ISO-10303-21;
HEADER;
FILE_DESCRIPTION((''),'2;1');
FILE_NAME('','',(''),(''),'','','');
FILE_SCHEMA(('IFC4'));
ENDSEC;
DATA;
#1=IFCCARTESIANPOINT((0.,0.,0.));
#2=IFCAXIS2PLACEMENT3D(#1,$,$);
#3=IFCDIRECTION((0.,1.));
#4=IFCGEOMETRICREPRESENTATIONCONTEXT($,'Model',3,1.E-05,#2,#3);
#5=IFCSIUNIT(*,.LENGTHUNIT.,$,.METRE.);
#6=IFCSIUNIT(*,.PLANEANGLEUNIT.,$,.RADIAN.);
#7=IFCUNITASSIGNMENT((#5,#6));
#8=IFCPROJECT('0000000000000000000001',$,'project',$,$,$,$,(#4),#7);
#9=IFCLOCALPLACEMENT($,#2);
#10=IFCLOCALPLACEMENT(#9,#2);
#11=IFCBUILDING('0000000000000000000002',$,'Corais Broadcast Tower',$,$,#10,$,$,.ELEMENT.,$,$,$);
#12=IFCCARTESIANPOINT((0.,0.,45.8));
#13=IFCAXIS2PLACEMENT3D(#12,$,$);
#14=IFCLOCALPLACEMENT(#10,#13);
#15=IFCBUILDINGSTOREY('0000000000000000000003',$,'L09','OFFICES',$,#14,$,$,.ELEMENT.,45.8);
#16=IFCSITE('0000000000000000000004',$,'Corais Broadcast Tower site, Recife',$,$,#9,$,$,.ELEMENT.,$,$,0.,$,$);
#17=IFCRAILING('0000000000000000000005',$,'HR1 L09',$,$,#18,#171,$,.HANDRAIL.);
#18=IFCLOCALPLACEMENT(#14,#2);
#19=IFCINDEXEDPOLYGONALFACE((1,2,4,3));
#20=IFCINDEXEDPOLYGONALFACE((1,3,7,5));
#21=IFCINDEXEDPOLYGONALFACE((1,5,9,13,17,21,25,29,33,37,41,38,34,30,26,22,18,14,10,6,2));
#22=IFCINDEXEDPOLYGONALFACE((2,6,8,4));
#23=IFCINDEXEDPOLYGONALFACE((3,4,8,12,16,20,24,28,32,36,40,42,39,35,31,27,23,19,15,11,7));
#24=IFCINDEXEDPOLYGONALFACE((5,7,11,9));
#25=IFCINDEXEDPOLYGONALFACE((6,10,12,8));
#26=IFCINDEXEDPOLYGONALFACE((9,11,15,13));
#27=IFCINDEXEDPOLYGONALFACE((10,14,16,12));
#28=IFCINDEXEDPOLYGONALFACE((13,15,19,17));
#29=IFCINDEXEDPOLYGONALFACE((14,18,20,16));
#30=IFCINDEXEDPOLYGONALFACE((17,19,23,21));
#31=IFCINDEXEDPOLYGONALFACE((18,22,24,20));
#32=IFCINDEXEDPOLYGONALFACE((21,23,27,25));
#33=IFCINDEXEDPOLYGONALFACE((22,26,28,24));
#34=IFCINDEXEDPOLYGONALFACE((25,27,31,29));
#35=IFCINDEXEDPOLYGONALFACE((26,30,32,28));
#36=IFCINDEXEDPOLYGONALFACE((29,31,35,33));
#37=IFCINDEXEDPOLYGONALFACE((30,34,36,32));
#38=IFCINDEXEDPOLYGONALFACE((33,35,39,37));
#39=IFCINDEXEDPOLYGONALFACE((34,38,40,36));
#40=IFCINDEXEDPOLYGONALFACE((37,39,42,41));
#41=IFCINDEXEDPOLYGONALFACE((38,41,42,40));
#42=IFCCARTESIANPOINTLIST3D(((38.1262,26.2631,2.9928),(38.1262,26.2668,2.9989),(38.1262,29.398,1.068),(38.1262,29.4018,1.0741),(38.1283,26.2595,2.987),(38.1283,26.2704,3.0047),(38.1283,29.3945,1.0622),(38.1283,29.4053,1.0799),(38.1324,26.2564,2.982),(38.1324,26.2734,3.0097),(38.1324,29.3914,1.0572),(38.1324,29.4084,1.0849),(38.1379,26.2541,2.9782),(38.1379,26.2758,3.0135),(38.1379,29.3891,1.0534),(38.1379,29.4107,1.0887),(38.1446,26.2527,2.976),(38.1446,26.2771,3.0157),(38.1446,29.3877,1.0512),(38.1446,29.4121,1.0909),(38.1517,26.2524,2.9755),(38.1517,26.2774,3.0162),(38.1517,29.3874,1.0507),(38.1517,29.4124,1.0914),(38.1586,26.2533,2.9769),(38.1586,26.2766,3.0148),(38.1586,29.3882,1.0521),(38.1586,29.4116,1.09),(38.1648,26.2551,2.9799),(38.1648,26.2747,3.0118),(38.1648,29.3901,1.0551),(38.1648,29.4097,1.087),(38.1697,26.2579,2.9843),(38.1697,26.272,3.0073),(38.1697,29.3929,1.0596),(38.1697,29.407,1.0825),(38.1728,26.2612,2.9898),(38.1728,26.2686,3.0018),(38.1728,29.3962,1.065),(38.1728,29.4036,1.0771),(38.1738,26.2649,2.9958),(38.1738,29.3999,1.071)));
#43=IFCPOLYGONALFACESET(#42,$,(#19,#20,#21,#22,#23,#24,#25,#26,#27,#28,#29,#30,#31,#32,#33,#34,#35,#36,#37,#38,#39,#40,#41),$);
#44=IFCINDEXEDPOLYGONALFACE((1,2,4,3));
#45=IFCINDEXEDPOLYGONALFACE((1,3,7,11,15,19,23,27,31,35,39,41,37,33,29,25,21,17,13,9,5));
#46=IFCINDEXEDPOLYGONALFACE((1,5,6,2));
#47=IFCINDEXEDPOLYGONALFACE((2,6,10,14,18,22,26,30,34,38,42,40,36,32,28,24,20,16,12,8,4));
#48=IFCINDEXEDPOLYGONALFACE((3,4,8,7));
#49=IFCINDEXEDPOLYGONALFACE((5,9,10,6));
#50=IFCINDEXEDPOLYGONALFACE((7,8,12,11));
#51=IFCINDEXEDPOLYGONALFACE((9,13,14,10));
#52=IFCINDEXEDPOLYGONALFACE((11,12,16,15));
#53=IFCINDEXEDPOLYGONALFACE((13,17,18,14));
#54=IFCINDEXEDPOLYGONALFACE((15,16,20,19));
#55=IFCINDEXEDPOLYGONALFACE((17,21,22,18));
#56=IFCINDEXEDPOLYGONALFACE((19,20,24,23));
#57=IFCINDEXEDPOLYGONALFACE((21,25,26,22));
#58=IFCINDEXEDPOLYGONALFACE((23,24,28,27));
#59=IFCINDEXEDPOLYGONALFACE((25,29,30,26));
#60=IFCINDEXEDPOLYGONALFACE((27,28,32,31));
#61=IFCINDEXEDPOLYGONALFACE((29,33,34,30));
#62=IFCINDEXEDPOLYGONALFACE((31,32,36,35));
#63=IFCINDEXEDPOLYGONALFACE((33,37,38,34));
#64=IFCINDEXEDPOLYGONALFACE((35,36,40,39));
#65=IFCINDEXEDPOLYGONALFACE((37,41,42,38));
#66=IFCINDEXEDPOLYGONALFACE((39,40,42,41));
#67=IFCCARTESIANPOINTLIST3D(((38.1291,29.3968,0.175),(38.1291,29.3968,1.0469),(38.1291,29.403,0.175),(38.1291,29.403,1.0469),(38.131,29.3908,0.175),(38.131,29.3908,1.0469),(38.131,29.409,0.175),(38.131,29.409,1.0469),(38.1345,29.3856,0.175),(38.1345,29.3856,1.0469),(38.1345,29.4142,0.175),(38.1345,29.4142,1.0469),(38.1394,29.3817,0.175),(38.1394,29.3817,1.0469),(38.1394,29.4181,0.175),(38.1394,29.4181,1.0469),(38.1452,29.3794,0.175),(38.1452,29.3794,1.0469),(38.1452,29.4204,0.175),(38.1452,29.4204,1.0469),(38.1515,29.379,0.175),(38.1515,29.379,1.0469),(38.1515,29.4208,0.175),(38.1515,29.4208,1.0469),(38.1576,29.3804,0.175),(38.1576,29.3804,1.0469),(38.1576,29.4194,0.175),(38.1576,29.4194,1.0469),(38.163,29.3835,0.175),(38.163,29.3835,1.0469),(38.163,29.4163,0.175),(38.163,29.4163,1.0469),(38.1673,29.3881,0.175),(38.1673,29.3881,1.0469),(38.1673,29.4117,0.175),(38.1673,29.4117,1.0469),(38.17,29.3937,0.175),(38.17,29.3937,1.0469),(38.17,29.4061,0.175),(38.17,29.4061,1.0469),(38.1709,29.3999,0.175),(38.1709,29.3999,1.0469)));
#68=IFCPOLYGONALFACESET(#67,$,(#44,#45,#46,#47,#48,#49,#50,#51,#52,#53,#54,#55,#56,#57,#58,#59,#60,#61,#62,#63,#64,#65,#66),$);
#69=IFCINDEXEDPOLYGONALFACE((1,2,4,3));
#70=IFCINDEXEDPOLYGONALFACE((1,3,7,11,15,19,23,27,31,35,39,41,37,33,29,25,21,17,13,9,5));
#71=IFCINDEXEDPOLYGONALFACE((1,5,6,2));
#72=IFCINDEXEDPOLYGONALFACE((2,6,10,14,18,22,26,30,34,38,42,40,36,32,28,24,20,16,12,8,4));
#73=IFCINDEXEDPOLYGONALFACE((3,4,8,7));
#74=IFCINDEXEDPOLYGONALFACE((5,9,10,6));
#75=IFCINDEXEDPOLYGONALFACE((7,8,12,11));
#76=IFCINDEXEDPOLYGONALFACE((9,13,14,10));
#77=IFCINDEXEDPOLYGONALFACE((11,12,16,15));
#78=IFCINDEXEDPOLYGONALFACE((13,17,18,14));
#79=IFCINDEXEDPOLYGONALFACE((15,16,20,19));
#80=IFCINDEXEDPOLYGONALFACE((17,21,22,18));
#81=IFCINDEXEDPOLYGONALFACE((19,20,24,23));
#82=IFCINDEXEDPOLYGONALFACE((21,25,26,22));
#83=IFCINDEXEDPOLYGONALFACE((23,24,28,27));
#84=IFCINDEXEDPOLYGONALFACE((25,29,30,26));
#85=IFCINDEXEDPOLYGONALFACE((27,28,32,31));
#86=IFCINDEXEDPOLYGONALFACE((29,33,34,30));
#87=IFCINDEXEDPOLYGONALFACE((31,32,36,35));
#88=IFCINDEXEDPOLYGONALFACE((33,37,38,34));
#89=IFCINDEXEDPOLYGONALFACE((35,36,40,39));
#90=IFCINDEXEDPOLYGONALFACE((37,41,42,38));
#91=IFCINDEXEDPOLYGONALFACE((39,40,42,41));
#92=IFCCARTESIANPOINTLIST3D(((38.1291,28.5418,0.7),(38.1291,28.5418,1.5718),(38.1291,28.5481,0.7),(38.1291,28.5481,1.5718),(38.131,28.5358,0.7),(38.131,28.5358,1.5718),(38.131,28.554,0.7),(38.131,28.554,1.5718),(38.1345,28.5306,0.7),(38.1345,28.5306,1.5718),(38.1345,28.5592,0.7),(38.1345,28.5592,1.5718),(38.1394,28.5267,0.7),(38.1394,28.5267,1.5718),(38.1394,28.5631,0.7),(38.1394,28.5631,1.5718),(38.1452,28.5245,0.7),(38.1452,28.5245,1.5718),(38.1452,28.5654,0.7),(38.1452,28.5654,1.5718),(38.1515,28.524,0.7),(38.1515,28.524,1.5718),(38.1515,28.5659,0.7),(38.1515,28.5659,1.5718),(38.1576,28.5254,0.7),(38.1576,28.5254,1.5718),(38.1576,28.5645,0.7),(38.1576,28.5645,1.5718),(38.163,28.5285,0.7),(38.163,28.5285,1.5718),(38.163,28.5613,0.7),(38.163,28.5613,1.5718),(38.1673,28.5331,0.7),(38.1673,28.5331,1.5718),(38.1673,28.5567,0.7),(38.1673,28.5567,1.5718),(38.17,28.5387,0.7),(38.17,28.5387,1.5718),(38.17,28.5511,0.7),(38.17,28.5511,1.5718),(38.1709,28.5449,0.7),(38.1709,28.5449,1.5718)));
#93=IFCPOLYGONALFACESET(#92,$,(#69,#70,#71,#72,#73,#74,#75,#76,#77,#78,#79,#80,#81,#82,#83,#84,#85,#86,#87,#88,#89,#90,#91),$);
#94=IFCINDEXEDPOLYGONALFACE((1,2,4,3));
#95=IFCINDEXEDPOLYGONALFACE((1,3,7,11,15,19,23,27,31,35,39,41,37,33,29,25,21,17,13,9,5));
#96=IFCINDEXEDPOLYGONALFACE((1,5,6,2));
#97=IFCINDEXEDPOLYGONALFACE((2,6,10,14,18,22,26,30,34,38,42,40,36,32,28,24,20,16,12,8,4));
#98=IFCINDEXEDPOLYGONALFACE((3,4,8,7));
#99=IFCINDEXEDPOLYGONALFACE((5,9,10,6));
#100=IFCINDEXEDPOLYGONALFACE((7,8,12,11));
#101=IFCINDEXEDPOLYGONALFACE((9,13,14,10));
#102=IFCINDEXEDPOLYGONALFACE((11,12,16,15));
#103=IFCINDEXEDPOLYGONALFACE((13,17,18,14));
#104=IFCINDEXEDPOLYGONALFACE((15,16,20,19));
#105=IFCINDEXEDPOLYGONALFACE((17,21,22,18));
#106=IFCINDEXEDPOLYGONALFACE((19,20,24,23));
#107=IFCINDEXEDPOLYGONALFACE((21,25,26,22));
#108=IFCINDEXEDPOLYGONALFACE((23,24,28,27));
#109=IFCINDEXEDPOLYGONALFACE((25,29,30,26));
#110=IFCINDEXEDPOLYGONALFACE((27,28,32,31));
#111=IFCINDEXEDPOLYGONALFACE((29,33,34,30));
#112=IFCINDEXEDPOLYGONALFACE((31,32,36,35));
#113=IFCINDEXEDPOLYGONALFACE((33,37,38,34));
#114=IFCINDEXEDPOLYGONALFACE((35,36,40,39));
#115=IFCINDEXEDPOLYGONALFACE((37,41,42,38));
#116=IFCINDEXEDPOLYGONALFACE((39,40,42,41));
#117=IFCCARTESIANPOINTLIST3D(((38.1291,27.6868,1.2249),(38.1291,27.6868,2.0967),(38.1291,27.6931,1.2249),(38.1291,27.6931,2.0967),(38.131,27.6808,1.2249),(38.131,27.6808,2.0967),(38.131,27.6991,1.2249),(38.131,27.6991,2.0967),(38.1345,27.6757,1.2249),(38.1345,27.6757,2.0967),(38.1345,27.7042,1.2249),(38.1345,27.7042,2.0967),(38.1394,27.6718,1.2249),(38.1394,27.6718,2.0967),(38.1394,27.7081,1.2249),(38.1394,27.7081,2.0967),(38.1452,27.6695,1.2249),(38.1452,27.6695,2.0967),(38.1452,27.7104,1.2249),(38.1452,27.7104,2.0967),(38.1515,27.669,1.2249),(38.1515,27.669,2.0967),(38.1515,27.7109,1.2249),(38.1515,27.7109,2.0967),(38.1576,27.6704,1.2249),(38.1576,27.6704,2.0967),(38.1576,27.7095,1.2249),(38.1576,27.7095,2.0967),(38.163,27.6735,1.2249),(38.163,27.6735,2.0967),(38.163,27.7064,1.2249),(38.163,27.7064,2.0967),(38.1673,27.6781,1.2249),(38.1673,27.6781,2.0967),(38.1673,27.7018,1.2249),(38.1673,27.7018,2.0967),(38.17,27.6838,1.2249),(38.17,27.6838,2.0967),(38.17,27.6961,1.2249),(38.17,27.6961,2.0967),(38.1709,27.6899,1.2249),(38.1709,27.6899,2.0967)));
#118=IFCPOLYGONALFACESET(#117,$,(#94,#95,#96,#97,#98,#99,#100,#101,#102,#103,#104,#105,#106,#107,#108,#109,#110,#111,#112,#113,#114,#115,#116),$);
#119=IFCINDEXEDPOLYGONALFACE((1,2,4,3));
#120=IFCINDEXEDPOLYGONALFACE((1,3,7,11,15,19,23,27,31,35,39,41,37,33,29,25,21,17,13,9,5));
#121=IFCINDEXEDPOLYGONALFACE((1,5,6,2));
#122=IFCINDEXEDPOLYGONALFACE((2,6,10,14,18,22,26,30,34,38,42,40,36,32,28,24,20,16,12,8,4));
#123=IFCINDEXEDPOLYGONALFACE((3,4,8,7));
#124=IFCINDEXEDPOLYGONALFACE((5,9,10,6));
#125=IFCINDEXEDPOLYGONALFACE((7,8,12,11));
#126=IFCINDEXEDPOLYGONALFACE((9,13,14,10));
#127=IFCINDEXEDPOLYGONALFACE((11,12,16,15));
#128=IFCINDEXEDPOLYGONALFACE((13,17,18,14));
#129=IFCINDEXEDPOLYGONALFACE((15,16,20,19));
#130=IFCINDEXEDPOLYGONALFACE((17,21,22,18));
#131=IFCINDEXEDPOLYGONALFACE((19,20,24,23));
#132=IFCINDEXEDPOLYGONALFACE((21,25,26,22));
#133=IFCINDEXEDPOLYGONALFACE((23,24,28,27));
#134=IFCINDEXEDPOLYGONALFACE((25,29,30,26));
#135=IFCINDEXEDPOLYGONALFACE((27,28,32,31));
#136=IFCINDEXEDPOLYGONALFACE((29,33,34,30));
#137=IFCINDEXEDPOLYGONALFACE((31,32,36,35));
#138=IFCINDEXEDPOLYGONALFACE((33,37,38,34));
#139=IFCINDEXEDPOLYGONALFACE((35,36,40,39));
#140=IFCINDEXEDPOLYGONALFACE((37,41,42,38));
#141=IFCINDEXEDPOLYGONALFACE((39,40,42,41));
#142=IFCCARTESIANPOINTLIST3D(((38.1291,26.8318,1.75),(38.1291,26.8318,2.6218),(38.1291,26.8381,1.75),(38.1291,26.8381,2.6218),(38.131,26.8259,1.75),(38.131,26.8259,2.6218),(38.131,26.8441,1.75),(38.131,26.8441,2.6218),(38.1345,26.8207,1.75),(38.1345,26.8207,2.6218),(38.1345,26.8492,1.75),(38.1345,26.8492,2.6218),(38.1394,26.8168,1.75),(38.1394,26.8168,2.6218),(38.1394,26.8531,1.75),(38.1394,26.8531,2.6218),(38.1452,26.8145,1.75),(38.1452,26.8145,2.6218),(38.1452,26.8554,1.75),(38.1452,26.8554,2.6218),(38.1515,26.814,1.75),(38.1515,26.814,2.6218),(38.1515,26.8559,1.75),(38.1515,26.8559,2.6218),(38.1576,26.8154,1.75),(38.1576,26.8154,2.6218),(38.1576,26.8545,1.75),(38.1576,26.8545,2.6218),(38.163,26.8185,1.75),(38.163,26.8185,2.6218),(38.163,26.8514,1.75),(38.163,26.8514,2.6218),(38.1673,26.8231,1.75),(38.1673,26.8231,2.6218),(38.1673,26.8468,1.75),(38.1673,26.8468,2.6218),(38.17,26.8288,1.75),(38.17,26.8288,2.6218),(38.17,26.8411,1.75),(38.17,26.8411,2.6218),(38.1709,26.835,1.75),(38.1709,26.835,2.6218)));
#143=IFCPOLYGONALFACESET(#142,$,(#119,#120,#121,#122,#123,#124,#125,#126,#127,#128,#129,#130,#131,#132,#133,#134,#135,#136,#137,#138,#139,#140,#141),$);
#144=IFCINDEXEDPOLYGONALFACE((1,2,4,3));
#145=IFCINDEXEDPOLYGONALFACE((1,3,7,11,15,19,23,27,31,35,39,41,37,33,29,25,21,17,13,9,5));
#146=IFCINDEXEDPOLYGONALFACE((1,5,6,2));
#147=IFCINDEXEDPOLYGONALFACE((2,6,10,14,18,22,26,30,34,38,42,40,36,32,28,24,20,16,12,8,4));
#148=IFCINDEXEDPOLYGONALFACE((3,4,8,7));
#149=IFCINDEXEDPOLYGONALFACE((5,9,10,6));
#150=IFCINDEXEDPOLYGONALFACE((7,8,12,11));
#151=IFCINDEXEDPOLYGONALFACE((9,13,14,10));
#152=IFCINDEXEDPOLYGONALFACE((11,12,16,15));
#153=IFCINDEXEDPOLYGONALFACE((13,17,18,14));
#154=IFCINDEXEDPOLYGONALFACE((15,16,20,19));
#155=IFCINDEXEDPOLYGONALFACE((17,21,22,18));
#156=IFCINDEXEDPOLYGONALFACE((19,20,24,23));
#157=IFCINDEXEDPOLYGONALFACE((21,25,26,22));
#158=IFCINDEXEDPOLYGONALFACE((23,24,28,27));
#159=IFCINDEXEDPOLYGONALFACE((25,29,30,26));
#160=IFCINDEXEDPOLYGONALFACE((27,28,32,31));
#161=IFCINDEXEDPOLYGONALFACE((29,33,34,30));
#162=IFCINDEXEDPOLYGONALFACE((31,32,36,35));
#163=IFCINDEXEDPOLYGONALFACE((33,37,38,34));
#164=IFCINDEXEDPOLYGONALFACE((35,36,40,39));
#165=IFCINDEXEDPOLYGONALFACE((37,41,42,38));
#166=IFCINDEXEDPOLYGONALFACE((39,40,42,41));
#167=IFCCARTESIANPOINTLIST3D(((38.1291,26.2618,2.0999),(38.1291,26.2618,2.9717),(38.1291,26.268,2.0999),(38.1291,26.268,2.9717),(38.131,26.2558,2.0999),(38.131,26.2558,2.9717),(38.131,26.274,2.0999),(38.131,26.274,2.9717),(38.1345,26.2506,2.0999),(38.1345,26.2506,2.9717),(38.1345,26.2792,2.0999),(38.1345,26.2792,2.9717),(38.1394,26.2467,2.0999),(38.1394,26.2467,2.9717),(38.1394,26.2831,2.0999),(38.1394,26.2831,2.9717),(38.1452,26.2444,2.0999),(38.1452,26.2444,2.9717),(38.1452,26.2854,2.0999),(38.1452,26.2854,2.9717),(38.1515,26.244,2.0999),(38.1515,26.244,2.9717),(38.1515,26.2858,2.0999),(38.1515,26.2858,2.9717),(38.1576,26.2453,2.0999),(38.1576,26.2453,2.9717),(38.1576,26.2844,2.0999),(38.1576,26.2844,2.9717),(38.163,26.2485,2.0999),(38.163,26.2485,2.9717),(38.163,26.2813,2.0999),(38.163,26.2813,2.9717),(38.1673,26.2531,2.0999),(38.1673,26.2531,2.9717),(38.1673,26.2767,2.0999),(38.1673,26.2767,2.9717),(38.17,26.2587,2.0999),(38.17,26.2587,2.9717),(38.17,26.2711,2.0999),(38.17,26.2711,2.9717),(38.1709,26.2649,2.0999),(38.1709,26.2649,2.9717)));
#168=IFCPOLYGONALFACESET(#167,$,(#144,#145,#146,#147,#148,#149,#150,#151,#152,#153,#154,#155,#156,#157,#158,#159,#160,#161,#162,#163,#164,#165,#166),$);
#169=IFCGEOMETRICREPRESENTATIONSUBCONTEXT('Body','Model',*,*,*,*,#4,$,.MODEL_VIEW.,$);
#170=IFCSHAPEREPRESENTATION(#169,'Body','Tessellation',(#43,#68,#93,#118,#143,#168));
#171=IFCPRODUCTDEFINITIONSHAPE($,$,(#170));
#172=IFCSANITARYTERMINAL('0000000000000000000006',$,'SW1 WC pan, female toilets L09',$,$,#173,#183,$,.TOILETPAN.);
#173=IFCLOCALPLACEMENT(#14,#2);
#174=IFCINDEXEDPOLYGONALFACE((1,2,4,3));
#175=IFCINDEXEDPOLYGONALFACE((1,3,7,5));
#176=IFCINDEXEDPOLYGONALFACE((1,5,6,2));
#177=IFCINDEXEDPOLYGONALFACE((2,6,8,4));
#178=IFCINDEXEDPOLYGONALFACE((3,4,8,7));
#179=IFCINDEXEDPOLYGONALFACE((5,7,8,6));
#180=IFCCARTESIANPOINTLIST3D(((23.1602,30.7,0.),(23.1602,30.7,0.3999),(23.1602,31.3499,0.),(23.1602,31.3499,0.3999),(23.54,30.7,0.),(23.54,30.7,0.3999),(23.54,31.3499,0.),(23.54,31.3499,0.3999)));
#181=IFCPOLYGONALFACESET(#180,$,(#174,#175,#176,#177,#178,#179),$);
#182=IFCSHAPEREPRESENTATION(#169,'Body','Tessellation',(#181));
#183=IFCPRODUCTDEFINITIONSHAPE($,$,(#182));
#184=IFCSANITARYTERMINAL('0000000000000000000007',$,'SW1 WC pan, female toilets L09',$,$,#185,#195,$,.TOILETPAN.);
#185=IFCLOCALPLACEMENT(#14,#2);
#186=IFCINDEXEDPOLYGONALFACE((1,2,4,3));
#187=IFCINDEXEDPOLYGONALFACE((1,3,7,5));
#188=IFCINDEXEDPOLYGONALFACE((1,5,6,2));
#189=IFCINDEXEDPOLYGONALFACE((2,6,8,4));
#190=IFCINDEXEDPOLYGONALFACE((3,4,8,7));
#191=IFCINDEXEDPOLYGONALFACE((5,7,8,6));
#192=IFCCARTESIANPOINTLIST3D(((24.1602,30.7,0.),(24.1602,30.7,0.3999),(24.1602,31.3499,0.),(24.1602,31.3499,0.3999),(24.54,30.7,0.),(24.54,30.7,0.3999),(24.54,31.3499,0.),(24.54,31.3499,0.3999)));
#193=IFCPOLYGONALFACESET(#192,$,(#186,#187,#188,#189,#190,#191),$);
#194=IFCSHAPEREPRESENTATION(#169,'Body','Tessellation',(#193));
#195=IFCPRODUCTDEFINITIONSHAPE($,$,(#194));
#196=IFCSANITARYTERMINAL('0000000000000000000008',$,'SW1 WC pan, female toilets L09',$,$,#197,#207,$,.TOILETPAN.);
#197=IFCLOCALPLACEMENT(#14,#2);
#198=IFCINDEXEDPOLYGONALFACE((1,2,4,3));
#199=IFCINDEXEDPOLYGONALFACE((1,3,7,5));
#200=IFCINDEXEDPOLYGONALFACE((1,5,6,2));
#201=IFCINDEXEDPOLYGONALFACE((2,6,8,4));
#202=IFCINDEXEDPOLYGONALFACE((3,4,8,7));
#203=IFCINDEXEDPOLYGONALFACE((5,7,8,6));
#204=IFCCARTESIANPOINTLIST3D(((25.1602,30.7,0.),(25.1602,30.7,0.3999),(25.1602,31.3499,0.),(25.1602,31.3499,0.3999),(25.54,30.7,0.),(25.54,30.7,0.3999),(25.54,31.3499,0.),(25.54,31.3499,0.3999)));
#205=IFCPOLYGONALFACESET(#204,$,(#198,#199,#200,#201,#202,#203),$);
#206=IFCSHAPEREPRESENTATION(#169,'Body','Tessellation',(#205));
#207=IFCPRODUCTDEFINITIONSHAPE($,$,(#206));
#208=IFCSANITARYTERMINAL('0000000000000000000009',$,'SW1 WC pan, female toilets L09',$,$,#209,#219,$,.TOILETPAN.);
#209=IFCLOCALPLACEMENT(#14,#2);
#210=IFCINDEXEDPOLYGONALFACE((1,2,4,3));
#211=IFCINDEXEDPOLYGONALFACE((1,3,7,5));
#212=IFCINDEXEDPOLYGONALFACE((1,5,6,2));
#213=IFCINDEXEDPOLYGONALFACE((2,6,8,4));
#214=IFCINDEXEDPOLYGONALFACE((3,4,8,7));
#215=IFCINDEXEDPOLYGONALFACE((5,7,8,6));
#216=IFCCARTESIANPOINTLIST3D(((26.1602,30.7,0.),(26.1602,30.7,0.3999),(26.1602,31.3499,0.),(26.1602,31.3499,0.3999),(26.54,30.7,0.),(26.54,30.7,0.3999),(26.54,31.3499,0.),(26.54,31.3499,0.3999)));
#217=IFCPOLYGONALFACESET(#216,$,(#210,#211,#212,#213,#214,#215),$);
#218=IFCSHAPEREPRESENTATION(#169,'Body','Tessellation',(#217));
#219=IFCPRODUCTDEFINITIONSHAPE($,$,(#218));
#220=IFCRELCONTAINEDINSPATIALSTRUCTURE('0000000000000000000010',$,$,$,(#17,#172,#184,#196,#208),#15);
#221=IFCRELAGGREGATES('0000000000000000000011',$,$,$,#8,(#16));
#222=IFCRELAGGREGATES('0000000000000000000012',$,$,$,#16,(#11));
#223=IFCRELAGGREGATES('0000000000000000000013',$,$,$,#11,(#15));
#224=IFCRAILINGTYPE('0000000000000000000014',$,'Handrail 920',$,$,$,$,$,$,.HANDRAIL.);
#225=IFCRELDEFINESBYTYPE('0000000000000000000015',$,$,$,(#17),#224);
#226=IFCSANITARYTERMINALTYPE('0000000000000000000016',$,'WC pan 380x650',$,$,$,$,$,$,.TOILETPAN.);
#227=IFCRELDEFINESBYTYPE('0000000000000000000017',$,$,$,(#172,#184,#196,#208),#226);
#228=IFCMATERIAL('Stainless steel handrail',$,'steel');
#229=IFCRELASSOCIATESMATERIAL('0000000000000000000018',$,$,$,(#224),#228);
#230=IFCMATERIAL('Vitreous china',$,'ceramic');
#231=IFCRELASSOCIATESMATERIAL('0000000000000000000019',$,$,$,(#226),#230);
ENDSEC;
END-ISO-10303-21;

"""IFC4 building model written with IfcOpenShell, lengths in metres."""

from ifc_helpers import new_model, si_unit, direction, frame, origin, origin_2d, place, context, subcontext, project, spatial, rectangle, circle, extrude, material, type_object, element, save


model = new_model("IFC4")

# Units and contexts
model_context = context("Model", 3, precision=1e-05, world=origin(), true_north=direction((0.0, 1.0)))
body_context = subcontext(model_context, "Body", "Model", "MODEL_VIEW")
ifc_project = project(units=[si_unit("LENGTHUNIT", "METRE"), si_unit("PLANEANGLEUNIT", "RADIAN")], contexts=[model_context])

# Site, building, storey
site_placement = place(None, origin())
site = spatial("IfcSite", under=ifc_project, at=site_placement, Name="Corais Broadcast Tower site, Recife", CompositionType="ELEMENT", RefElevation=0.0)
building_placement = place(site_placement, origin())
building = spatial("IfcBuilding", under=site, at=building_placement, Name="Corais Broadcast Tower", CompositionType="ELEMENT")
storey_placement = place(building_placement, frame((0.0, 0.0, 45.8)))
storey = spatial("IfcBuildingStorey", under=building, at=storey_placement, Name="L09", Description="OFFICES", CompositionType="ELEMENT", Elevation=45.8)

# Railing
ifc_material_1 = material(Name="Stainless steel handrail", Category="steel")
railing_type = type_object("IfcRailingType", Name="Handrail 920", PredefinedType="HANDRAIL", material=ifc_material_1)
for number, where, name in (
    (1, (38.1499, 29.3999, 0.175), "HR1 L09"),
):
    element("IfcRailing", number, at=place(storey_placement, frame(where)), inside=storey, type_object=railing_type, Name=name, PredefinedType="HANDRAIL", context=body_context, shape_type="SweptSolid", body=[
        extrude(circle(Radius=0.0239, at=origin_2d()), frame((0.0, 0.0, 0.896), z_axis=(0.0, -0.852196, 0.523223), x_axis=(1.0, 0.0, 0.0)), (0.0, 0.0, 1.0), 3.6787),
        extrude(circle(Radius=0.021, at=origin_2d()), origin(), (0.0, 0.0, 1.0), 0.8718),
        extrude(circle(Radius=0.021, at=origin_2d()), frame((0.0, -0.855, 0.5249)), (0.0, 0.0, 1.0), 0.8718),
        extrude(circle(Radius=0.021, at=origin_2d()), frame((0.0, -1.71, 1.0498)), (0.0, 0.0, 1.0), 0.8718),
        extrude(circle(Radius=0.021, at=origin_2d()), frame((0.0, -2.5649, 1.575)), (0.0, 0.0, 1.0), 0.8718),
        extrude(circle(Radius=0.021, at=origin_2d()), frame((0.0, -3.135, 1.9248)), (0.0, 0.0, 1.0), 0.8718),
    ])

# Sanitary terminals
ifc_material_2 = material(Name="Vitreous china", Category="ceramic")
sanitary_terminal_type_1 = type_object("IfcSanitaryTerminalType", Name="WC pan 380x650", PredefinedType="TOILETPAN", material=ifc_material_2)
for number, where, z_axis, x_axis, name in (
    (2, (23.3501, 31.0249, 0.0), (0.0, 0.0, 1.0), (1.0, 0.0, 0.0), "SW1 WC pan, female toilets L09"),
    (3, (24.3501, 31.0249, 0.0), (0.0, 0.0, 1.0), (1.0, 0.0, 0.0), "SW1 WC pan, female toilets L09"),
    (4, (25.3501, 31.0249, 0.0), (0.0, 0.0, 1.0), (1.0, 0.0, 0.0), "SW1 WC pan, female toilets L09"),
    (5, (26.3501, 31.0249, 0.0), (0.0, 0.0, 1.0), (1.0, 0.0, 0.0), "SW1 WC pan, female toilets L09"),
):
    element("IfcSanitaryTerminal", number, at=place(storey_placement, frame(where, z_axis=z_axis, x_axis=x_axis)), inside=storey, type_object=sanitary_terminal_type_1, Name=name, PredefinedType="TOILETPAN", context=body_context, shape_type="SweptSolid", body=[
        extrude(rectangle(XDim=0.3799, YDim=0.6499, at=origin_2d()), origin(), (0.0, 0.0, 1.0), 0.3999),
    ])

save(model, "model.ifc")
